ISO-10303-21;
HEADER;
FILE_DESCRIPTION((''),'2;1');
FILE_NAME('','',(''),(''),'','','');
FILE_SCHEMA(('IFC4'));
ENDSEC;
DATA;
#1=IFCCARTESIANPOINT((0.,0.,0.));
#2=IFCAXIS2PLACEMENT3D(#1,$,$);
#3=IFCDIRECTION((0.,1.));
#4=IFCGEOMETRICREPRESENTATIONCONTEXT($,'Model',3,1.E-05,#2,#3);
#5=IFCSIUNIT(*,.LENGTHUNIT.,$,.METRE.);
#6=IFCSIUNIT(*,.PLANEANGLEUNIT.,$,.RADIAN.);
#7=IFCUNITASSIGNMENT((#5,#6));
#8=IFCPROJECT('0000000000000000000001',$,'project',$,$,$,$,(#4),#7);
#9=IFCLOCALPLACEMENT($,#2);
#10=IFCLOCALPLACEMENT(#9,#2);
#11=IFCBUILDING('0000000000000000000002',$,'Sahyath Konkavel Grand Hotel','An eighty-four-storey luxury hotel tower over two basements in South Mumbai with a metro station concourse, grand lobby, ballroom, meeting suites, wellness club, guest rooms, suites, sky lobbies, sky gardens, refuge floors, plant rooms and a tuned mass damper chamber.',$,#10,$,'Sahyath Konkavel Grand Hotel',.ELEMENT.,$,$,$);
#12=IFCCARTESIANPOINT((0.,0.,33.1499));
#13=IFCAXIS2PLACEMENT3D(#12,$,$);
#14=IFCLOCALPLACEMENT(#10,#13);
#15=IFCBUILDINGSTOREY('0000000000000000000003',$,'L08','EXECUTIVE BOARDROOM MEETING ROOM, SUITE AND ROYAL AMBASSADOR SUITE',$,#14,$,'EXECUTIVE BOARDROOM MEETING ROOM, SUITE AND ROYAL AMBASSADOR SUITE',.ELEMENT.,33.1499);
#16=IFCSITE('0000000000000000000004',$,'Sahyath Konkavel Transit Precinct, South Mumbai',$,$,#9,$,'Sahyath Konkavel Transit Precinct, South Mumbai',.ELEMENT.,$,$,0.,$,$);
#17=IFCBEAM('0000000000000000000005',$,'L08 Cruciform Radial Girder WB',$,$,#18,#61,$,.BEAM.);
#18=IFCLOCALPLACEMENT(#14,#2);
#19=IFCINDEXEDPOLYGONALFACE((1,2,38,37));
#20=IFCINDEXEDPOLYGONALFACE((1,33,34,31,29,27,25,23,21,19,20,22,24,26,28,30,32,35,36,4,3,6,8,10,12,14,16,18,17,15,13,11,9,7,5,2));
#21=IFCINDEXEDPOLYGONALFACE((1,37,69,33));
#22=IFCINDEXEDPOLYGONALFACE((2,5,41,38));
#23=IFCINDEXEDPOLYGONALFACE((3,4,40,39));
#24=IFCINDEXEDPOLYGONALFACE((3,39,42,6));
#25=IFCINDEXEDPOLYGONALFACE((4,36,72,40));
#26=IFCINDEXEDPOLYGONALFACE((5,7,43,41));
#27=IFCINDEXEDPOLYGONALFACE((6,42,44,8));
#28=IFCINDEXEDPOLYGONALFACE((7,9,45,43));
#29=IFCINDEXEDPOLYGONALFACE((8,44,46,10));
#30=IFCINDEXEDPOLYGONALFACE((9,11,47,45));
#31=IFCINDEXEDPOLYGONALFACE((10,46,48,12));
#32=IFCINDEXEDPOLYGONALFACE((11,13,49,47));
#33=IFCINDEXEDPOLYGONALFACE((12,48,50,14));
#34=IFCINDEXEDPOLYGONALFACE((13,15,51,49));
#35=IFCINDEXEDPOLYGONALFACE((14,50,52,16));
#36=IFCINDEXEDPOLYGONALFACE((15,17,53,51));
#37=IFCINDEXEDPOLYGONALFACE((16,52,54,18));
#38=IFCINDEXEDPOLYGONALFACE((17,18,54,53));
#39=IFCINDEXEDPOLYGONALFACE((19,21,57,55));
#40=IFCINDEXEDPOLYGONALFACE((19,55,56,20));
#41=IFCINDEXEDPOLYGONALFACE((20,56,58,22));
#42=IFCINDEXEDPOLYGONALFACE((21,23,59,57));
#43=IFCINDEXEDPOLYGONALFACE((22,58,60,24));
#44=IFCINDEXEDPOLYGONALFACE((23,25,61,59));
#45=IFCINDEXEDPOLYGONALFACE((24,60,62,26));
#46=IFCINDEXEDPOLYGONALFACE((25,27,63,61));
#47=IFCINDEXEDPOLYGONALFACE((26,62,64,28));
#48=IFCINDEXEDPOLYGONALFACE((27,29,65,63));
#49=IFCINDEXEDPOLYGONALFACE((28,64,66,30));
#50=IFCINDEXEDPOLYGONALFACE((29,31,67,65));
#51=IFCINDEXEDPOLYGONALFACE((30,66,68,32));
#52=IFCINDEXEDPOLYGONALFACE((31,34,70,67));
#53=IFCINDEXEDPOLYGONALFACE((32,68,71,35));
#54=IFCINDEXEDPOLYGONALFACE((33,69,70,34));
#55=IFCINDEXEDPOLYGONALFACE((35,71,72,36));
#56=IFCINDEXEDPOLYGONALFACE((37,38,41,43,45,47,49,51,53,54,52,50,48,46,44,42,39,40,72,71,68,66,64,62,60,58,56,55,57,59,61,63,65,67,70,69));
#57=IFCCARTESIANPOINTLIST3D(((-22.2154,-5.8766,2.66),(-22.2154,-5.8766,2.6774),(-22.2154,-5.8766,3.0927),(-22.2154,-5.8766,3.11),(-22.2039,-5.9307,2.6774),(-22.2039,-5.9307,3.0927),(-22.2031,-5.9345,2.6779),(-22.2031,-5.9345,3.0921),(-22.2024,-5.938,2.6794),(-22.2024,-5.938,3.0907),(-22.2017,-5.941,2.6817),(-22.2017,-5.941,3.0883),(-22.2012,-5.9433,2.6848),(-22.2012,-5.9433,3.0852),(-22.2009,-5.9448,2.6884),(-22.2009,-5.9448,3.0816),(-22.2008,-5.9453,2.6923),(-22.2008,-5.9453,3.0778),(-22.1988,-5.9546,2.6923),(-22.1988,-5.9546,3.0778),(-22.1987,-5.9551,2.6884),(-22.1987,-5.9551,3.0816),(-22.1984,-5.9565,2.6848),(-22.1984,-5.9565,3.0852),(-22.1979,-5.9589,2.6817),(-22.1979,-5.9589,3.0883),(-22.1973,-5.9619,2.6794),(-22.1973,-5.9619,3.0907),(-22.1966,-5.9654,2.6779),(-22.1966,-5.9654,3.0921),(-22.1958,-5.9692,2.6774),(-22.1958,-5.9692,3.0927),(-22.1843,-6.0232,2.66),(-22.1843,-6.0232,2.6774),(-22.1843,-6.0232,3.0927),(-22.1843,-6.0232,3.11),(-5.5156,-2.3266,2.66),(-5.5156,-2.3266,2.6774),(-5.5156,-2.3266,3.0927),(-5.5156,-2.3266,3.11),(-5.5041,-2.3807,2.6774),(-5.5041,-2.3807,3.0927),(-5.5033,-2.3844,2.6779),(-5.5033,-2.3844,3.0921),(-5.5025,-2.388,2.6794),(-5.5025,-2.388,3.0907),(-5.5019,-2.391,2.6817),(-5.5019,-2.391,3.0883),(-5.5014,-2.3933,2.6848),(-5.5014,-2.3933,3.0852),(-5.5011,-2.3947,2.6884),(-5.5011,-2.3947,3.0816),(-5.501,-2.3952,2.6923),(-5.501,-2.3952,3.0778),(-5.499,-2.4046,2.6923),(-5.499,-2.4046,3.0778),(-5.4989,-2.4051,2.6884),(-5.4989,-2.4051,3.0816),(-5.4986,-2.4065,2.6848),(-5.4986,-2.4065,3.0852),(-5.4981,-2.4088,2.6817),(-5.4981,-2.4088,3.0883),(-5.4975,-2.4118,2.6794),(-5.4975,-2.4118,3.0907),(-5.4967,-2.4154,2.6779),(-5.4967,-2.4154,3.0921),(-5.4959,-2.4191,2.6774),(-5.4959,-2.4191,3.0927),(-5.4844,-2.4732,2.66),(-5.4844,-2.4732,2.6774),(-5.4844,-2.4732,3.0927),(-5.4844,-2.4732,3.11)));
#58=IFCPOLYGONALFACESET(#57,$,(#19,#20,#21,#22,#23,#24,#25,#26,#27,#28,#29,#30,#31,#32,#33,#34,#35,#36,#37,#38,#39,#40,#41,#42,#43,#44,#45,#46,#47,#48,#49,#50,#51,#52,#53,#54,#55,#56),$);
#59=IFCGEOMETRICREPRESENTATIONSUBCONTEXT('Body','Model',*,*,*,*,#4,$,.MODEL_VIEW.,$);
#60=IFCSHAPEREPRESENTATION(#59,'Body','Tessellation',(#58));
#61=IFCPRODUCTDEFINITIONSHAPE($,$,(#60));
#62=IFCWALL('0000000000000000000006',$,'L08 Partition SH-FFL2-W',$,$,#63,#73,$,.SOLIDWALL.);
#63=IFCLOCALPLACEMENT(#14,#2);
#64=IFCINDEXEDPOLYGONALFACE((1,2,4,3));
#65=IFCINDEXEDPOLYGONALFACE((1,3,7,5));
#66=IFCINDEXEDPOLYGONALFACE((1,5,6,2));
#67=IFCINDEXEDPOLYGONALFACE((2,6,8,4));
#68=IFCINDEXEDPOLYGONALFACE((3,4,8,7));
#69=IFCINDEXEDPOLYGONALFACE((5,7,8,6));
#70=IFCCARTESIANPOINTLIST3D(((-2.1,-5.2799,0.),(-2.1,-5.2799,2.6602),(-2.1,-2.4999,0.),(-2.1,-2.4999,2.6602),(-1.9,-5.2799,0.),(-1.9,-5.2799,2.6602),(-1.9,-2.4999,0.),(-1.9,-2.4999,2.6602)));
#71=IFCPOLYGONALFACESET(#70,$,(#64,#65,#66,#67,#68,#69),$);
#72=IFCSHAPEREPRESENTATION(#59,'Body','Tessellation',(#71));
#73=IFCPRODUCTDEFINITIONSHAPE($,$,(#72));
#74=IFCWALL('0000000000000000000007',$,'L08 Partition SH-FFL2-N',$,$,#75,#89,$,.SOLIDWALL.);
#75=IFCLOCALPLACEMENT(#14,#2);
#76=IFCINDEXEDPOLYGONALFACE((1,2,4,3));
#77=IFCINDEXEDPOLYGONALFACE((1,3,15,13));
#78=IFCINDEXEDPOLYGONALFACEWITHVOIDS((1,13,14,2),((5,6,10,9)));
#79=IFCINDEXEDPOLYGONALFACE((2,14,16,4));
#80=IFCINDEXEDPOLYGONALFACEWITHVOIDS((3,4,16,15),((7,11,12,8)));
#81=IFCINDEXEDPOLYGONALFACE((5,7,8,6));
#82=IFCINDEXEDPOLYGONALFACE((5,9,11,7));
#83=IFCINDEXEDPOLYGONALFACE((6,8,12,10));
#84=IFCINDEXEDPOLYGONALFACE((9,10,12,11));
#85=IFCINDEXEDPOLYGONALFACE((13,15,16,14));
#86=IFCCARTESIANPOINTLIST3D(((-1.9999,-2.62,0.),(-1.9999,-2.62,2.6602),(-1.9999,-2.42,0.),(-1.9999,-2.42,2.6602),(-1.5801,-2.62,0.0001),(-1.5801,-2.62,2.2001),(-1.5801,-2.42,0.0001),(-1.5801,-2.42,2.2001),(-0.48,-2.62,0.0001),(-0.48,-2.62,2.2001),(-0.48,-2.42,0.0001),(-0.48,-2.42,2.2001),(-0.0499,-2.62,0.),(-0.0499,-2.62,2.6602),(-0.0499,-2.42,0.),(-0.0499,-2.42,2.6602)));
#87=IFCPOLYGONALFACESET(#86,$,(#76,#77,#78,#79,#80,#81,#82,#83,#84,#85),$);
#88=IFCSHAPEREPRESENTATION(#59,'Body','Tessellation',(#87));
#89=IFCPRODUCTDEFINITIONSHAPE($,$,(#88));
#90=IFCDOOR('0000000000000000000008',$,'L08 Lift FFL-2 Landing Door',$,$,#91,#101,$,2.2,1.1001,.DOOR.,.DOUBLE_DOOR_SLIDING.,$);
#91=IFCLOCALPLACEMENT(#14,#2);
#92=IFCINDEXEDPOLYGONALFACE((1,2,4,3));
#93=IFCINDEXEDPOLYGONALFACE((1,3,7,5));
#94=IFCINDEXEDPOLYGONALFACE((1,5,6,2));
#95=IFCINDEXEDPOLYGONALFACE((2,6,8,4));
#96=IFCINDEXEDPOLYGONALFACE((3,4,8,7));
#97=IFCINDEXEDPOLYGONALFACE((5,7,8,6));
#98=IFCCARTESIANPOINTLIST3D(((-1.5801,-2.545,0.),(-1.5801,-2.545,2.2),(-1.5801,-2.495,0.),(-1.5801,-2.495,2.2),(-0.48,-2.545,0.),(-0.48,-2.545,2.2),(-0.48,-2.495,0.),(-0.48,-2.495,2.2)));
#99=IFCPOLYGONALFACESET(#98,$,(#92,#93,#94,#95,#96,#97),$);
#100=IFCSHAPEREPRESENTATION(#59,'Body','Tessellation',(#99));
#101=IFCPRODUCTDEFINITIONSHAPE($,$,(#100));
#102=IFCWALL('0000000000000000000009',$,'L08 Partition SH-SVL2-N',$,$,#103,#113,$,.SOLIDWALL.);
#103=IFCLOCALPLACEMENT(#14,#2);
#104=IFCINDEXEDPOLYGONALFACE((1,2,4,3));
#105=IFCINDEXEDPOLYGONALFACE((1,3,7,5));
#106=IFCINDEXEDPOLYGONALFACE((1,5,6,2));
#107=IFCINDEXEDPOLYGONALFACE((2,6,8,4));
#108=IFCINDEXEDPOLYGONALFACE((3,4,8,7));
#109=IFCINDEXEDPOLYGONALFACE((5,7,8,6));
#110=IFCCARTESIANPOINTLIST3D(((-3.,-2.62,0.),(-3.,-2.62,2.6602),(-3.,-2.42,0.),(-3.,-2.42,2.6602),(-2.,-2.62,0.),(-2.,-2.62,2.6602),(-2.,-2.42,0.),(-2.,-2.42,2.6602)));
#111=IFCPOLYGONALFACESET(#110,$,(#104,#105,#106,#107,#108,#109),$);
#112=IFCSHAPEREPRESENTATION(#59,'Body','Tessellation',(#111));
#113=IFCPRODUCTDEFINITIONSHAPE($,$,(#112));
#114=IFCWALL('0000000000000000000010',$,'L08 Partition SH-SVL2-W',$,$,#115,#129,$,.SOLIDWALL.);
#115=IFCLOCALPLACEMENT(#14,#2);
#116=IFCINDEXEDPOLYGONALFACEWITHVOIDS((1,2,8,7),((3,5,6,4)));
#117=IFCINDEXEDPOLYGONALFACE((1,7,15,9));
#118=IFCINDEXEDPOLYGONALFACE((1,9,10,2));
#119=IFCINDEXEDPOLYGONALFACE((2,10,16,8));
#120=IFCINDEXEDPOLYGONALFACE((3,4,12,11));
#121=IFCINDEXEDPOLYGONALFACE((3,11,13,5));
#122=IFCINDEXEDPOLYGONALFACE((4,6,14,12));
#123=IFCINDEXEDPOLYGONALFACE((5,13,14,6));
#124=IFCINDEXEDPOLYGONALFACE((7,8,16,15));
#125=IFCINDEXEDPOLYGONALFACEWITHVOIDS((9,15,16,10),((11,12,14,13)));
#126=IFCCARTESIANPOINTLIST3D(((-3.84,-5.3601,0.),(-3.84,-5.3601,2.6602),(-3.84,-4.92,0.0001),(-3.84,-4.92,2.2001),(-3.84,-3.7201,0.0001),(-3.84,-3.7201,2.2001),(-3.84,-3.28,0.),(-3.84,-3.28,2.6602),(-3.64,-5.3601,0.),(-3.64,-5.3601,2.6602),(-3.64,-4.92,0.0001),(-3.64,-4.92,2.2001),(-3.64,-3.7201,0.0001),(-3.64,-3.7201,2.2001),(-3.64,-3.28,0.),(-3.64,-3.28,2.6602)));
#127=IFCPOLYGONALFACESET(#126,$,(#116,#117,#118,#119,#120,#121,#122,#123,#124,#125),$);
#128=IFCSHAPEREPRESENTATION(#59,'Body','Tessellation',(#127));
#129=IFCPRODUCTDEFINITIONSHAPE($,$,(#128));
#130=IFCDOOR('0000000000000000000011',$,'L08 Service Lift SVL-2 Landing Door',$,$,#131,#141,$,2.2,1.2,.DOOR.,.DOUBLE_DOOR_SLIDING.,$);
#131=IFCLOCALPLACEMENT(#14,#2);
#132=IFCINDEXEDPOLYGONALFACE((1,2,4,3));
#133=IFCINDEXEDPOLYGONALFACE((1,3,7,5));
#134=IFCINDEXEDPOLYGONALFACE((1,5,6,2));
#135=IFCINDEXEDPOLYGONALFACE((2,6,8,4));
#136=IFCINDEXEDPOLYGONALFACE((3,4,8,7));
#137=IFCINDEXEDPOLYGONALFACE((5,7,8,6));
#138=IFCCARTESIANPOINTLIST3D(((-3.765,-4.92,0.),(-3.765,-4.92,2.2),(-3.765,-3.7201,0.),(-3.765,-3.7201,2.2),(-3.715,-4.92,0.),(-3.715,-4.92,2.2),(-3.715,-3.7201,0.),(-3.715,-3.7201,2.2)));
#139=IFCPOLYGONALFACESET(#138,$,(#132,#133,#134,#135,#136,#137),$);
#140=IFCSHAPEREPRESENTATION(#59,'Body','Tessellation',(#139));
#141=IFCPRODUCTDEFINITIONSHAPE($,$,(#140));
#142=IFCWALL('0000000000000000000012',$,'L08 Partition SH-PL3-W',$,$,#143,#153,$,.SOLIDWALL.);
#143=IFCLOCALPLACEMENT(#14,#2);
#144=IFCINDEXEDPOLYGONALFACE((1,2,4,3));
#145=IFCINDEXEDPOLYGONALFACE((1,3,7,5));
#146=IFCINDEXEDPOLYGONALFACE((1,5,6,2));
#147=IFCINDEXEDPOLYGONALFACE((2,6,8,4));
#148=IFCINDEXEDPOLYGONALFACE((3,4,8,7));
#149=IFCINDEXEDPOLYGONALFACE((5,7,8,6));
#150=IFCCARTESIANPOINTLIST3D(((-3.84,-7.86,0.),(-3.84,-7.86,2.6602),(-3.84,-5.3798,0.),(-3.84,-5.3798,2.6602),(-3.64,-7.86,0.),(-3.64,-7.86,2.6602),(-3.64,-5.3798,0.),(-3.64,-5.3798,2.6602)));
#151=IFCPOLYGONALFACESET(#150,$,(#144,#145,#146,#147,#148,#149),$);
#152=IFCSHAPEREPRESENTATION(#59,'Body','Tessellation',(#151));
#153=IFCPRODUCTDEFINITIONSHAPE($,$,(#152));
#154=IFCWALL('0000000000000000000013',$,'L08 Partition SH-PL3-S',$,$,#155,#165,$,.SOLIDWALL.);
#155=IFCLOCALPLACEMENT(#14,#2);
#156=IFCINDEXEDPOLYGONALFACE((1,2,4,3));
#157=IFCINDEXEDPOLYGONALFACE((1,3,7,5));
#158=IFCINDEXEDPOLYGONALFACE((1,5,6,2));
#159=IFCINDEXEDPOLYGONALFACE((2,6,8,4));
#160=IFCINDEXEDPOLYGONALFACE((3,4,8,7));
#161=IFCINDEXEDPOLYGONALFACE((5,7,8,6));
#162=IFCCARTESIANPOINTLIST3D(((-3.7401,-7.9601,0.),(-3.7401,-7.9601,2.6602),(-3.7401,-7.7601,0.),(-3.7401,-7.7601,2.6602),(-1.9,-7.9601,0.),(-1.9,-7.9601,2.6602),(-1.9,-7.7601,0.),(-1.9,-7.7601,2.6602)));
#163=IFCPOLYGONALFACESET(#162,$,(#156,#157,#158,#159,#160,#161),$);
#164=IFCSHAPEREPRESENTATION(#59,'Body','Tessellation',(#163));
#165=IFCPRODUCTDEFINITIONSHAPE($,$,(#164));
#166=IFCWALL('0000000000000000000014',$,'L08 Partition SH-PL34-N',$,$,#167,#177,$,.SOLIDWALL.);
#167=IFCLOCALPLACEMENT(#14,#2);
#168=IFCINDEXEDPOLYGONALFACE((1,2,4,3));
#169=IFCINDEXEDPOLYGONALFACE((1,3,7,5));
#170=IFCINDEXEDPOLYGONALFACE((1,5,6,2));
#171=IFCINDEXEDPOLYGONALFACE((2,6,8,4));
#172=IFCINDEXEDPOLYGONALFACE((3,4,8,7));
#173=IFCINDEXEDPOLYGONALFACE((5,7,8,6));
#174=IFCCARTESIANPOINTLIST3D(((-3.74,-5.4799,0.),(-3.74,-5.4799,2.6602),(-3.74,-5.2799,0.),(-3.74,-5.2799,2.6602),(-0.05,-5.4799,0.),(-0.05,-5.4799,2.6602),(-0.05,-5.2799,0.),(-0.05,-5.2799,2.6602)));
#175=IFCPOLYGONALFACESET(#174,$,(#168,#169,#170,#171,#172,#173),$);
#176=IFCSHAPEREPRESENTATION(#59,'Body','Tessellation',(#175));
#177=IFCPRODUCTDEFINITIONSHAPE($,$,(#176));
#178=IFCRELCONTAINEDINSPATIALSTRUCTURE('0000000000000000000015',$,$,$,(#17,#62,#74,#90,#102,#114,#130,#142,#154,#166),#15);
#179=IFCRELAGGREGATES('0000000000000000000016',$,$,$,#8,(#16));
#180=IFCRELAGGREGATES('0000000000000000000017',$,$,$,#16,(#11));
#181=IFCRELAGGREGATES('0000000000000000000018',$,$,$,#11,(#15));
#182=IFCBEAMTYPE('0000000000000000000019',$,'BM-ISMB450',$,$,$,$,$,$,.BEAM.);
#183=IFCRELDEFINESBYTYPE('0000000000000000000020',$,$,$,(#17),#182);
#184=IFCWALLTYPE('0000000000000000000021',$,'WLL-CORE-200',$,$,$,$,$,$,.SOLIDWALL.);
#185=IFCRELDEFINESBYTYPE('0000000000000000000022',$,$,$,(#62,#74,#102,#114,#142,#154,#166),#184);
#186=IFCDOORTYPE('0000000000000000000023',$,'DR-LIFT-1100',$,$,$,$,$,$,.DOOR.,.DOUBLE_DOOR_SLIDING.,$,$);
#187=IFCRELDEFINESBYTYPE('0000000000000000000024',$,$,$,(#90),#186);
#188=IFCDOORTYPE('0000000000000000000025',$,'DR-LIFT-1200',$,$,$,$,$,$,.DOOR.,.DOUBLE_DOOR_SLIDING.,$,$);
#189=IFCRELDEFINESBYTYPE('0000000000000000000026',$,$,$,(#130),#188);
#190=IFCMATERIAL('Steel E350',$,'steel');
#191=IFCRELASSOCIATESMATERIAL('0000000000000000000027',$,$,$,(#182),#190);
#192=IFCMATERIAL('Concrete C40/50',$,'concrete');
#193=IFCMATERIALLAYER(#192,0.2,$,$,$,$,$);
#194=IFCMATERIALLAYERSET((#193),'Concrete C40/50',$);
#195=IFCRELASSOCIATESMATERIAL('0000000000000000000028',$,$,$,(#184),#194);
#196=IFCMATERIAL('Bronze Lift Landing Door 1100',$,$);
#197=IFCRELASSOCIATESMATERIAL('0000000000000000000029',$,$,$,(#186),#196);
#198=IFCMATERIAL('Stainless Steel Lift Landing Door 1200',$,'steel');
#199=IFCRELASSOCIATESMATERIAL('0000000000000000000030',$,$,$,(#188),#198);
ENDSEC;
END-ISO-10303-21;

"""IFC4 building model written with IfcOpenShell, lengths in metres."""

from ifc_helpers import new_model, si_unit, direction, frame, frame_2d, origin, origin_2d, place, context, subcontext, project, spatial, rectangle, i_section, extrude, source, transform, mapped, material, layer, layer_set, material_profile, profile_set, type_object, element, fill, save


model = new_model("IFC4")

# Units and contexts
model_context = context("Model", 3, precision=1e-05, world=origin(), true_north=direction((0.0, 1.0)))
body_context = subcontext(model_context, "Body", "Model", "MODEL_VIEW")
ifc_project = project(units=[si_unit("LENGTHUNIT", "METRE"), si_unit("PLANEANGLEUNIT", "RADIAN")], contexts=[model_context])

# Site, building, storey
site_placement = place(None, origin())
site = spatial("IfcSite", under=ifc_project, at=site_placement, Name="Sahyath Konkavel Transit Precinct, South Mumbai", LongName="Sahyath Konkavel Transit Precinct, South Mumbai", CompositionType="ELEMENT", RefElevation=0.0)
building_placement = place(site_placement, origin())
building = spatial("IfcBuilding", under=site, at=building_placement, Name="Sahyath Konkavel Grand Hotel", Description="An eighty-four-storey luxury hotel tower over two basements in South Mumbai with a metro station concourse, grand lobby, ballroom, meeting suites, wellness club, guest rooms, suites, sky lobbies, sky gardens, refuge floors, plant rooms and a tuned mass damper chamber.", LongName="Sahyath Konkavel Grand Hotel", CompositionType="ELEMENT")
storey_placement = place(building_placement, frame((0.0, 0.0, 33.1499)))
storey = spatial("IfcBuildingStorey", under=building, at=storey_placement, Name="L08", Description="EXECUTIVE BOARDROOM MEETING ROOM, SUITE AND ROYAL AMBASSADOR SUITE", LongName="EXECUTIVE BOARDROOM MEETING ROOM, SUITE AND ROYAL AMBASSADOR SUITE", CompositionType="ELEMENT", Elevation=33.1499)

# Beam
ifc_material_1 = material(Name="Steel E350", Category="steel")
ifc_material_profile_1 = material_profile(ifc_material_1, i_section(OverallWidth=0.1499, OverallDepth=0.45, WebThickness=0.0095, FlangeThickness=0.0173, FilletRadius=0.0149, at=origin_2d()), Name="ISMB 450")
ifc_profile_set_1 = profile_set([ifc_material_profile_1], Name="Steel E350")
beam_type_1 = type_object("IfcBeamType", Name="BM-ISMB450", PredefinedType="BEAM", material=ifc_profile_set_1)
shared_shape_1 = source(origin(), body_context, "Body", "SweptSolid", [
    extrude(i_section(OverallWidth=0.1499, OverallDepth=0.45, WebThickness=0.0095, FlangeThickness=0.0173, FilletRadius=0.0149, at=origin_2d()), origin(), (0.0, 0.0, 1.0), 17.073),
])
beam_1_placement = place(storey_placement, frame((-5.5, -2.3999, 2.885), z_axis=(-0.978143, -0.207932, 0.0), x_axis=(0.207932, -0.978143, 0.0)))
element("IfcBeam", 1, at=beam_1_placement, inside=storey, type_object=beam_type_1, Name="L08 Cruciform Radial Girder WB", PredefinedType="BEAM", context=body_context, shape_type="MappedRepresentation", body=[
    mapped(shared_shape_1, transform((0.0, 0.0, 0.0), scale=1.0)),
])

# Wall
ifc_material_2 = material(Name="Concrete C40/50", Category="concrete")
ifc_layer_1 = layer(ifc_material_2, 0.2)
ifc_layer_set_1 = layer_set([ifc_layer_1], Name="Concrete C40/50")
wall_type_1 = type_object("IfcWallType", Name="WLL-CORE-200", PredefinedType="SOLIDWALL", material=ifc_layer_set_1)
wall_1_placement = place(storey_placement, frame((-2.0, -5.28, 0.0), z_axis=(0.0, 0.0, 1.0), x_axis=(0.0, 1.0, 0.0)))
element("IfcWall", 2, at=wall_1_placement, inside=storey, type_object=wall_type_1, Name="L08 Partition SH-FFL2-W", PredefinedType="SOLIDWALL", context=body_context, shape_type="SweptSolid", body=[
    extrude(rectangle(XDim=2.78, YDim=0.2, at=frame_2d((1.3901, 0.0))), origin(), (0.0, 0.0, 1.0), 2.6602),
])

# Wall, opening, door
wall_2_placement = place(storey_placement, frame((-2.0, -2.52, 0.0), z_axis=(0.0, 0.0, 1.0), x_axis=(1.0, 0.0, 0.0)))
wall_2 = element("IfcWall", 3, at=wall_2_placement, inside=storey, type_object=wall_type_1, Name="L08 Partition SH-FFL2-N", PredefinedType="SOLIDWALL", context=body_context, shape_type="SweptSolid", body=[
    extrude(rectangle(XDim=1.95, YDim=0.2, at=frame_2d((0.9751, 0.0))), origin(), (0.0, 0.0, 1.0), 2.6602),
])
opening_1_placement = place(wall_2_placement, frame((0.4199, 0.0, 0.0)))
opening_1 = element("IfcOpeningElement", 4, at=opening_1_placement, cuts=wall_2, PredefinedType="OPENING", context=body_context, shape_type="SweptSolid", body=[
    extrude(rectangle(XDim=1.1001, YDim=2.2, at=frame_2d((0.55, 1.1001))), frame((0.0, 0.1099, 0.0), z_axis=(0.0, -1.0, 0.0), x_axis=(1.0, 0.0, 0.0)), (0.0, 0.0, 1.0), 0.22),
])
ifc_material_3 = material(Name="Bronze Lift Landing Door 1100")
door_type_1 = type_object("IfcDoorType", Name="DR-LIFT-1100", OperationType="DOUBLE_DOOR_SLIDING", PredefinedType="DOOR", material=ifc_material_3)
shared_shape_2 = source(origin(), body_context, "Body", "SweptSolid", [
    extrude(rectangle(XDim=1.1001, YDim=0.05, at=origin_2d()), origin(), (0.0, 0.0, 1.0), 2.2),
])
door_1_placement = place(opening_1_placement, frame((0.55, 0.0, 0.0)))
door_1 = element("IfcDoor", 5, at=door_1_placement, inside=storey, type_object=door_type_1, Name="L08 Lift FFL-2 Landing Door", OperationType="DOUBLE_DOOR_SLIDING", OverallHeight=2.2, OverallWidth=1.1001, PredefinedType="DOOR", context=body_context, shape_type="MappedRepresentation", body=[
    mapped(shared_shape_2, transform((0.0, 0.0, 0.0), scale=1.0)),
])
fill(opening_1, door_1)

# Wall
wall_3_placement = place(storey_placement, frame((-3.0, -2.52, 0.0), z_axis=(0.0, 0.0, 1.0), x_axis=(1.0, 0.0, 0.0)))
element("IfcWall", 6, at=wall_3_placement, inside=storey, type_object=wall_type_1, Name="L08 Partition SH-SVL2-N", PredefinedType="SOLIDWALL", context=body_context, shape_type="SweptSolid", body=[
    extrude(rectangle(XDim=1.0, YDim=0.2, at=frame_2d((0.5, 0.0))), origin(), (0.0, 0.0, 1.0), 2.6602),
])

# Wall, opening, door
wall_4_placement = place(storey_placement, frame((-3.74, -5.3601, 0.0), z_axis=(0.0, 0.0, 1.0), x_axis=(0.0, 1.0, 0.0)))
wall_4 = element("IfcWall", 7, at=wall_4_placement, inside=storey, type_object=wall_type_1, Name="L08 Partition SH-SVL2-W", PredefinedType="SOLIDWALL", context=body_context, shape_type="SweptSolid", body=[
    extrude(rectangle(XDim=2.0801, YDim=0.2, at=frame_2d((1.04, 0.0))), origin(), (0.0, 0.0, 1.0), 2.6602),
])
opening_2_placement = place(wall_4_placement, frame((0.4399, 0.0, 0.0)))
opening_2 = element("IfcOpeningElement", 8, at=opening_2_placement, cuts=wall_4, PredefinedType="OPENING", context=body_context, shape_type="SweptSolid", body=[
    extrude(rectangle(XDim=1.2, YDim=2.2, at=frame_2d((0.6001, 1.1001))), frame((0.0, 0.1099, 0.0), z_axis=(0.0, -1.0, 0.0), x_axis=(1.0, 0.0, 0.0)), (0.0, 0.0, 1.0), 0.22),
])
ifc_material_4 = material(Name="Stainless Steel Lift Landing Door 1200", Category="steel")
door_type_2 = type_object("IfcDoorType", Name="DR-LIFT-1200", OperationType="DOUBLE_DOOR_SLIDING", PredefinedType="DOOR", material=ifc_material_4)
shared_shape_3 = source(origin(), body_context, "Body", "SweptSolid", [
    extrude(rectangle(XDim=1.2, YDim=0.05, at=origin_2d()), origin(), (0.0, 0.0, 1.0), 2.2),
])
door_2_placement = place(opening_2_placement, frame((0.6001, 0.0, 0.0)))
door_2 = element("IfcDoor", 9, at=door_2_placement, inside=storey, type_object=door_type_2, Name="L08 Service Lift SVL-2 Landing Door", OperationType="DOUBLE_DOOR_SLIDING", OverallHeight=2.2, OverallWidth=1.2, PredefinedType="DOOR", context=body_context, shape_type="MappedRepresentation", body=[
    mapped(shared_shape_3, transform((0.0, 0.0, 0.0), scale=1.0)),
])
fill(opening_2, door_2)

# Walls
wall_5_placement = place(storey_placement, frame((-3.74, -7.8601, 0.0), z_axis=(0.0, 0.0, 1.0), x_axis=(0.0, 1.0, 0.0)))
element("IfcWall", 10, at=wall_5_placement, inside=storey, type_object=wall_type_1, Name="L08 Partition SH-PL3-W", PredefinedType="SOLIDWALL", context=body_context, shape_type="SweptSolid", body=[
    extrude(rectangle(XDim=2.4802, YDim=0.2, at=frame_2d((1.2402, 0.0))), origin(), (0.0, 0.0, 1.0), 2.6602),
])
wall_6_placement = place(storey_placement, frame((-3.74, -7.8601, 0.0), z_axis=(0.0, 0.0, 1.0), x_axis=(1.0, 0.0, 0.0)))
element("IfcWall", 11, at=wall_6_placement, inside=storey, type_object=wall_type_1, Name="L08 Partition SH-PL3-S", PredefinedType="SOLIDWALL", context=body_context, shape_type="SweptSolid", body=[
    extrude(rectangle(XDim=1.8401, YDim=0.2, at=frame_2d((0.9199, 0.0))), origin(), (0.0, 0.0, 1.0), 2.6602),
])
wall_7_placement = place(storey_placement, frame((-3.74, -5.3799, 0.0), z_axis=(0.0, 0.0, 1.0), x_axis=(1.0, 0.0, 0.0)))
element("IfcWall", 12, at=wall_7_placement, inside=storey, type_object=wall_type_1, Name="L08 Partition SH-PL34-N", PredefinedType="SOLIDWALL", context=body_context, shape_type="SweptSolid", body=[
    extrude(rectangle(XDim=3.6899, YDim=0.2, at=frame_2d((1.845, 0.0))), origin(), (0.0, 0.0, 1.0), 2.6602),
])

save(model, "model.ifc")
